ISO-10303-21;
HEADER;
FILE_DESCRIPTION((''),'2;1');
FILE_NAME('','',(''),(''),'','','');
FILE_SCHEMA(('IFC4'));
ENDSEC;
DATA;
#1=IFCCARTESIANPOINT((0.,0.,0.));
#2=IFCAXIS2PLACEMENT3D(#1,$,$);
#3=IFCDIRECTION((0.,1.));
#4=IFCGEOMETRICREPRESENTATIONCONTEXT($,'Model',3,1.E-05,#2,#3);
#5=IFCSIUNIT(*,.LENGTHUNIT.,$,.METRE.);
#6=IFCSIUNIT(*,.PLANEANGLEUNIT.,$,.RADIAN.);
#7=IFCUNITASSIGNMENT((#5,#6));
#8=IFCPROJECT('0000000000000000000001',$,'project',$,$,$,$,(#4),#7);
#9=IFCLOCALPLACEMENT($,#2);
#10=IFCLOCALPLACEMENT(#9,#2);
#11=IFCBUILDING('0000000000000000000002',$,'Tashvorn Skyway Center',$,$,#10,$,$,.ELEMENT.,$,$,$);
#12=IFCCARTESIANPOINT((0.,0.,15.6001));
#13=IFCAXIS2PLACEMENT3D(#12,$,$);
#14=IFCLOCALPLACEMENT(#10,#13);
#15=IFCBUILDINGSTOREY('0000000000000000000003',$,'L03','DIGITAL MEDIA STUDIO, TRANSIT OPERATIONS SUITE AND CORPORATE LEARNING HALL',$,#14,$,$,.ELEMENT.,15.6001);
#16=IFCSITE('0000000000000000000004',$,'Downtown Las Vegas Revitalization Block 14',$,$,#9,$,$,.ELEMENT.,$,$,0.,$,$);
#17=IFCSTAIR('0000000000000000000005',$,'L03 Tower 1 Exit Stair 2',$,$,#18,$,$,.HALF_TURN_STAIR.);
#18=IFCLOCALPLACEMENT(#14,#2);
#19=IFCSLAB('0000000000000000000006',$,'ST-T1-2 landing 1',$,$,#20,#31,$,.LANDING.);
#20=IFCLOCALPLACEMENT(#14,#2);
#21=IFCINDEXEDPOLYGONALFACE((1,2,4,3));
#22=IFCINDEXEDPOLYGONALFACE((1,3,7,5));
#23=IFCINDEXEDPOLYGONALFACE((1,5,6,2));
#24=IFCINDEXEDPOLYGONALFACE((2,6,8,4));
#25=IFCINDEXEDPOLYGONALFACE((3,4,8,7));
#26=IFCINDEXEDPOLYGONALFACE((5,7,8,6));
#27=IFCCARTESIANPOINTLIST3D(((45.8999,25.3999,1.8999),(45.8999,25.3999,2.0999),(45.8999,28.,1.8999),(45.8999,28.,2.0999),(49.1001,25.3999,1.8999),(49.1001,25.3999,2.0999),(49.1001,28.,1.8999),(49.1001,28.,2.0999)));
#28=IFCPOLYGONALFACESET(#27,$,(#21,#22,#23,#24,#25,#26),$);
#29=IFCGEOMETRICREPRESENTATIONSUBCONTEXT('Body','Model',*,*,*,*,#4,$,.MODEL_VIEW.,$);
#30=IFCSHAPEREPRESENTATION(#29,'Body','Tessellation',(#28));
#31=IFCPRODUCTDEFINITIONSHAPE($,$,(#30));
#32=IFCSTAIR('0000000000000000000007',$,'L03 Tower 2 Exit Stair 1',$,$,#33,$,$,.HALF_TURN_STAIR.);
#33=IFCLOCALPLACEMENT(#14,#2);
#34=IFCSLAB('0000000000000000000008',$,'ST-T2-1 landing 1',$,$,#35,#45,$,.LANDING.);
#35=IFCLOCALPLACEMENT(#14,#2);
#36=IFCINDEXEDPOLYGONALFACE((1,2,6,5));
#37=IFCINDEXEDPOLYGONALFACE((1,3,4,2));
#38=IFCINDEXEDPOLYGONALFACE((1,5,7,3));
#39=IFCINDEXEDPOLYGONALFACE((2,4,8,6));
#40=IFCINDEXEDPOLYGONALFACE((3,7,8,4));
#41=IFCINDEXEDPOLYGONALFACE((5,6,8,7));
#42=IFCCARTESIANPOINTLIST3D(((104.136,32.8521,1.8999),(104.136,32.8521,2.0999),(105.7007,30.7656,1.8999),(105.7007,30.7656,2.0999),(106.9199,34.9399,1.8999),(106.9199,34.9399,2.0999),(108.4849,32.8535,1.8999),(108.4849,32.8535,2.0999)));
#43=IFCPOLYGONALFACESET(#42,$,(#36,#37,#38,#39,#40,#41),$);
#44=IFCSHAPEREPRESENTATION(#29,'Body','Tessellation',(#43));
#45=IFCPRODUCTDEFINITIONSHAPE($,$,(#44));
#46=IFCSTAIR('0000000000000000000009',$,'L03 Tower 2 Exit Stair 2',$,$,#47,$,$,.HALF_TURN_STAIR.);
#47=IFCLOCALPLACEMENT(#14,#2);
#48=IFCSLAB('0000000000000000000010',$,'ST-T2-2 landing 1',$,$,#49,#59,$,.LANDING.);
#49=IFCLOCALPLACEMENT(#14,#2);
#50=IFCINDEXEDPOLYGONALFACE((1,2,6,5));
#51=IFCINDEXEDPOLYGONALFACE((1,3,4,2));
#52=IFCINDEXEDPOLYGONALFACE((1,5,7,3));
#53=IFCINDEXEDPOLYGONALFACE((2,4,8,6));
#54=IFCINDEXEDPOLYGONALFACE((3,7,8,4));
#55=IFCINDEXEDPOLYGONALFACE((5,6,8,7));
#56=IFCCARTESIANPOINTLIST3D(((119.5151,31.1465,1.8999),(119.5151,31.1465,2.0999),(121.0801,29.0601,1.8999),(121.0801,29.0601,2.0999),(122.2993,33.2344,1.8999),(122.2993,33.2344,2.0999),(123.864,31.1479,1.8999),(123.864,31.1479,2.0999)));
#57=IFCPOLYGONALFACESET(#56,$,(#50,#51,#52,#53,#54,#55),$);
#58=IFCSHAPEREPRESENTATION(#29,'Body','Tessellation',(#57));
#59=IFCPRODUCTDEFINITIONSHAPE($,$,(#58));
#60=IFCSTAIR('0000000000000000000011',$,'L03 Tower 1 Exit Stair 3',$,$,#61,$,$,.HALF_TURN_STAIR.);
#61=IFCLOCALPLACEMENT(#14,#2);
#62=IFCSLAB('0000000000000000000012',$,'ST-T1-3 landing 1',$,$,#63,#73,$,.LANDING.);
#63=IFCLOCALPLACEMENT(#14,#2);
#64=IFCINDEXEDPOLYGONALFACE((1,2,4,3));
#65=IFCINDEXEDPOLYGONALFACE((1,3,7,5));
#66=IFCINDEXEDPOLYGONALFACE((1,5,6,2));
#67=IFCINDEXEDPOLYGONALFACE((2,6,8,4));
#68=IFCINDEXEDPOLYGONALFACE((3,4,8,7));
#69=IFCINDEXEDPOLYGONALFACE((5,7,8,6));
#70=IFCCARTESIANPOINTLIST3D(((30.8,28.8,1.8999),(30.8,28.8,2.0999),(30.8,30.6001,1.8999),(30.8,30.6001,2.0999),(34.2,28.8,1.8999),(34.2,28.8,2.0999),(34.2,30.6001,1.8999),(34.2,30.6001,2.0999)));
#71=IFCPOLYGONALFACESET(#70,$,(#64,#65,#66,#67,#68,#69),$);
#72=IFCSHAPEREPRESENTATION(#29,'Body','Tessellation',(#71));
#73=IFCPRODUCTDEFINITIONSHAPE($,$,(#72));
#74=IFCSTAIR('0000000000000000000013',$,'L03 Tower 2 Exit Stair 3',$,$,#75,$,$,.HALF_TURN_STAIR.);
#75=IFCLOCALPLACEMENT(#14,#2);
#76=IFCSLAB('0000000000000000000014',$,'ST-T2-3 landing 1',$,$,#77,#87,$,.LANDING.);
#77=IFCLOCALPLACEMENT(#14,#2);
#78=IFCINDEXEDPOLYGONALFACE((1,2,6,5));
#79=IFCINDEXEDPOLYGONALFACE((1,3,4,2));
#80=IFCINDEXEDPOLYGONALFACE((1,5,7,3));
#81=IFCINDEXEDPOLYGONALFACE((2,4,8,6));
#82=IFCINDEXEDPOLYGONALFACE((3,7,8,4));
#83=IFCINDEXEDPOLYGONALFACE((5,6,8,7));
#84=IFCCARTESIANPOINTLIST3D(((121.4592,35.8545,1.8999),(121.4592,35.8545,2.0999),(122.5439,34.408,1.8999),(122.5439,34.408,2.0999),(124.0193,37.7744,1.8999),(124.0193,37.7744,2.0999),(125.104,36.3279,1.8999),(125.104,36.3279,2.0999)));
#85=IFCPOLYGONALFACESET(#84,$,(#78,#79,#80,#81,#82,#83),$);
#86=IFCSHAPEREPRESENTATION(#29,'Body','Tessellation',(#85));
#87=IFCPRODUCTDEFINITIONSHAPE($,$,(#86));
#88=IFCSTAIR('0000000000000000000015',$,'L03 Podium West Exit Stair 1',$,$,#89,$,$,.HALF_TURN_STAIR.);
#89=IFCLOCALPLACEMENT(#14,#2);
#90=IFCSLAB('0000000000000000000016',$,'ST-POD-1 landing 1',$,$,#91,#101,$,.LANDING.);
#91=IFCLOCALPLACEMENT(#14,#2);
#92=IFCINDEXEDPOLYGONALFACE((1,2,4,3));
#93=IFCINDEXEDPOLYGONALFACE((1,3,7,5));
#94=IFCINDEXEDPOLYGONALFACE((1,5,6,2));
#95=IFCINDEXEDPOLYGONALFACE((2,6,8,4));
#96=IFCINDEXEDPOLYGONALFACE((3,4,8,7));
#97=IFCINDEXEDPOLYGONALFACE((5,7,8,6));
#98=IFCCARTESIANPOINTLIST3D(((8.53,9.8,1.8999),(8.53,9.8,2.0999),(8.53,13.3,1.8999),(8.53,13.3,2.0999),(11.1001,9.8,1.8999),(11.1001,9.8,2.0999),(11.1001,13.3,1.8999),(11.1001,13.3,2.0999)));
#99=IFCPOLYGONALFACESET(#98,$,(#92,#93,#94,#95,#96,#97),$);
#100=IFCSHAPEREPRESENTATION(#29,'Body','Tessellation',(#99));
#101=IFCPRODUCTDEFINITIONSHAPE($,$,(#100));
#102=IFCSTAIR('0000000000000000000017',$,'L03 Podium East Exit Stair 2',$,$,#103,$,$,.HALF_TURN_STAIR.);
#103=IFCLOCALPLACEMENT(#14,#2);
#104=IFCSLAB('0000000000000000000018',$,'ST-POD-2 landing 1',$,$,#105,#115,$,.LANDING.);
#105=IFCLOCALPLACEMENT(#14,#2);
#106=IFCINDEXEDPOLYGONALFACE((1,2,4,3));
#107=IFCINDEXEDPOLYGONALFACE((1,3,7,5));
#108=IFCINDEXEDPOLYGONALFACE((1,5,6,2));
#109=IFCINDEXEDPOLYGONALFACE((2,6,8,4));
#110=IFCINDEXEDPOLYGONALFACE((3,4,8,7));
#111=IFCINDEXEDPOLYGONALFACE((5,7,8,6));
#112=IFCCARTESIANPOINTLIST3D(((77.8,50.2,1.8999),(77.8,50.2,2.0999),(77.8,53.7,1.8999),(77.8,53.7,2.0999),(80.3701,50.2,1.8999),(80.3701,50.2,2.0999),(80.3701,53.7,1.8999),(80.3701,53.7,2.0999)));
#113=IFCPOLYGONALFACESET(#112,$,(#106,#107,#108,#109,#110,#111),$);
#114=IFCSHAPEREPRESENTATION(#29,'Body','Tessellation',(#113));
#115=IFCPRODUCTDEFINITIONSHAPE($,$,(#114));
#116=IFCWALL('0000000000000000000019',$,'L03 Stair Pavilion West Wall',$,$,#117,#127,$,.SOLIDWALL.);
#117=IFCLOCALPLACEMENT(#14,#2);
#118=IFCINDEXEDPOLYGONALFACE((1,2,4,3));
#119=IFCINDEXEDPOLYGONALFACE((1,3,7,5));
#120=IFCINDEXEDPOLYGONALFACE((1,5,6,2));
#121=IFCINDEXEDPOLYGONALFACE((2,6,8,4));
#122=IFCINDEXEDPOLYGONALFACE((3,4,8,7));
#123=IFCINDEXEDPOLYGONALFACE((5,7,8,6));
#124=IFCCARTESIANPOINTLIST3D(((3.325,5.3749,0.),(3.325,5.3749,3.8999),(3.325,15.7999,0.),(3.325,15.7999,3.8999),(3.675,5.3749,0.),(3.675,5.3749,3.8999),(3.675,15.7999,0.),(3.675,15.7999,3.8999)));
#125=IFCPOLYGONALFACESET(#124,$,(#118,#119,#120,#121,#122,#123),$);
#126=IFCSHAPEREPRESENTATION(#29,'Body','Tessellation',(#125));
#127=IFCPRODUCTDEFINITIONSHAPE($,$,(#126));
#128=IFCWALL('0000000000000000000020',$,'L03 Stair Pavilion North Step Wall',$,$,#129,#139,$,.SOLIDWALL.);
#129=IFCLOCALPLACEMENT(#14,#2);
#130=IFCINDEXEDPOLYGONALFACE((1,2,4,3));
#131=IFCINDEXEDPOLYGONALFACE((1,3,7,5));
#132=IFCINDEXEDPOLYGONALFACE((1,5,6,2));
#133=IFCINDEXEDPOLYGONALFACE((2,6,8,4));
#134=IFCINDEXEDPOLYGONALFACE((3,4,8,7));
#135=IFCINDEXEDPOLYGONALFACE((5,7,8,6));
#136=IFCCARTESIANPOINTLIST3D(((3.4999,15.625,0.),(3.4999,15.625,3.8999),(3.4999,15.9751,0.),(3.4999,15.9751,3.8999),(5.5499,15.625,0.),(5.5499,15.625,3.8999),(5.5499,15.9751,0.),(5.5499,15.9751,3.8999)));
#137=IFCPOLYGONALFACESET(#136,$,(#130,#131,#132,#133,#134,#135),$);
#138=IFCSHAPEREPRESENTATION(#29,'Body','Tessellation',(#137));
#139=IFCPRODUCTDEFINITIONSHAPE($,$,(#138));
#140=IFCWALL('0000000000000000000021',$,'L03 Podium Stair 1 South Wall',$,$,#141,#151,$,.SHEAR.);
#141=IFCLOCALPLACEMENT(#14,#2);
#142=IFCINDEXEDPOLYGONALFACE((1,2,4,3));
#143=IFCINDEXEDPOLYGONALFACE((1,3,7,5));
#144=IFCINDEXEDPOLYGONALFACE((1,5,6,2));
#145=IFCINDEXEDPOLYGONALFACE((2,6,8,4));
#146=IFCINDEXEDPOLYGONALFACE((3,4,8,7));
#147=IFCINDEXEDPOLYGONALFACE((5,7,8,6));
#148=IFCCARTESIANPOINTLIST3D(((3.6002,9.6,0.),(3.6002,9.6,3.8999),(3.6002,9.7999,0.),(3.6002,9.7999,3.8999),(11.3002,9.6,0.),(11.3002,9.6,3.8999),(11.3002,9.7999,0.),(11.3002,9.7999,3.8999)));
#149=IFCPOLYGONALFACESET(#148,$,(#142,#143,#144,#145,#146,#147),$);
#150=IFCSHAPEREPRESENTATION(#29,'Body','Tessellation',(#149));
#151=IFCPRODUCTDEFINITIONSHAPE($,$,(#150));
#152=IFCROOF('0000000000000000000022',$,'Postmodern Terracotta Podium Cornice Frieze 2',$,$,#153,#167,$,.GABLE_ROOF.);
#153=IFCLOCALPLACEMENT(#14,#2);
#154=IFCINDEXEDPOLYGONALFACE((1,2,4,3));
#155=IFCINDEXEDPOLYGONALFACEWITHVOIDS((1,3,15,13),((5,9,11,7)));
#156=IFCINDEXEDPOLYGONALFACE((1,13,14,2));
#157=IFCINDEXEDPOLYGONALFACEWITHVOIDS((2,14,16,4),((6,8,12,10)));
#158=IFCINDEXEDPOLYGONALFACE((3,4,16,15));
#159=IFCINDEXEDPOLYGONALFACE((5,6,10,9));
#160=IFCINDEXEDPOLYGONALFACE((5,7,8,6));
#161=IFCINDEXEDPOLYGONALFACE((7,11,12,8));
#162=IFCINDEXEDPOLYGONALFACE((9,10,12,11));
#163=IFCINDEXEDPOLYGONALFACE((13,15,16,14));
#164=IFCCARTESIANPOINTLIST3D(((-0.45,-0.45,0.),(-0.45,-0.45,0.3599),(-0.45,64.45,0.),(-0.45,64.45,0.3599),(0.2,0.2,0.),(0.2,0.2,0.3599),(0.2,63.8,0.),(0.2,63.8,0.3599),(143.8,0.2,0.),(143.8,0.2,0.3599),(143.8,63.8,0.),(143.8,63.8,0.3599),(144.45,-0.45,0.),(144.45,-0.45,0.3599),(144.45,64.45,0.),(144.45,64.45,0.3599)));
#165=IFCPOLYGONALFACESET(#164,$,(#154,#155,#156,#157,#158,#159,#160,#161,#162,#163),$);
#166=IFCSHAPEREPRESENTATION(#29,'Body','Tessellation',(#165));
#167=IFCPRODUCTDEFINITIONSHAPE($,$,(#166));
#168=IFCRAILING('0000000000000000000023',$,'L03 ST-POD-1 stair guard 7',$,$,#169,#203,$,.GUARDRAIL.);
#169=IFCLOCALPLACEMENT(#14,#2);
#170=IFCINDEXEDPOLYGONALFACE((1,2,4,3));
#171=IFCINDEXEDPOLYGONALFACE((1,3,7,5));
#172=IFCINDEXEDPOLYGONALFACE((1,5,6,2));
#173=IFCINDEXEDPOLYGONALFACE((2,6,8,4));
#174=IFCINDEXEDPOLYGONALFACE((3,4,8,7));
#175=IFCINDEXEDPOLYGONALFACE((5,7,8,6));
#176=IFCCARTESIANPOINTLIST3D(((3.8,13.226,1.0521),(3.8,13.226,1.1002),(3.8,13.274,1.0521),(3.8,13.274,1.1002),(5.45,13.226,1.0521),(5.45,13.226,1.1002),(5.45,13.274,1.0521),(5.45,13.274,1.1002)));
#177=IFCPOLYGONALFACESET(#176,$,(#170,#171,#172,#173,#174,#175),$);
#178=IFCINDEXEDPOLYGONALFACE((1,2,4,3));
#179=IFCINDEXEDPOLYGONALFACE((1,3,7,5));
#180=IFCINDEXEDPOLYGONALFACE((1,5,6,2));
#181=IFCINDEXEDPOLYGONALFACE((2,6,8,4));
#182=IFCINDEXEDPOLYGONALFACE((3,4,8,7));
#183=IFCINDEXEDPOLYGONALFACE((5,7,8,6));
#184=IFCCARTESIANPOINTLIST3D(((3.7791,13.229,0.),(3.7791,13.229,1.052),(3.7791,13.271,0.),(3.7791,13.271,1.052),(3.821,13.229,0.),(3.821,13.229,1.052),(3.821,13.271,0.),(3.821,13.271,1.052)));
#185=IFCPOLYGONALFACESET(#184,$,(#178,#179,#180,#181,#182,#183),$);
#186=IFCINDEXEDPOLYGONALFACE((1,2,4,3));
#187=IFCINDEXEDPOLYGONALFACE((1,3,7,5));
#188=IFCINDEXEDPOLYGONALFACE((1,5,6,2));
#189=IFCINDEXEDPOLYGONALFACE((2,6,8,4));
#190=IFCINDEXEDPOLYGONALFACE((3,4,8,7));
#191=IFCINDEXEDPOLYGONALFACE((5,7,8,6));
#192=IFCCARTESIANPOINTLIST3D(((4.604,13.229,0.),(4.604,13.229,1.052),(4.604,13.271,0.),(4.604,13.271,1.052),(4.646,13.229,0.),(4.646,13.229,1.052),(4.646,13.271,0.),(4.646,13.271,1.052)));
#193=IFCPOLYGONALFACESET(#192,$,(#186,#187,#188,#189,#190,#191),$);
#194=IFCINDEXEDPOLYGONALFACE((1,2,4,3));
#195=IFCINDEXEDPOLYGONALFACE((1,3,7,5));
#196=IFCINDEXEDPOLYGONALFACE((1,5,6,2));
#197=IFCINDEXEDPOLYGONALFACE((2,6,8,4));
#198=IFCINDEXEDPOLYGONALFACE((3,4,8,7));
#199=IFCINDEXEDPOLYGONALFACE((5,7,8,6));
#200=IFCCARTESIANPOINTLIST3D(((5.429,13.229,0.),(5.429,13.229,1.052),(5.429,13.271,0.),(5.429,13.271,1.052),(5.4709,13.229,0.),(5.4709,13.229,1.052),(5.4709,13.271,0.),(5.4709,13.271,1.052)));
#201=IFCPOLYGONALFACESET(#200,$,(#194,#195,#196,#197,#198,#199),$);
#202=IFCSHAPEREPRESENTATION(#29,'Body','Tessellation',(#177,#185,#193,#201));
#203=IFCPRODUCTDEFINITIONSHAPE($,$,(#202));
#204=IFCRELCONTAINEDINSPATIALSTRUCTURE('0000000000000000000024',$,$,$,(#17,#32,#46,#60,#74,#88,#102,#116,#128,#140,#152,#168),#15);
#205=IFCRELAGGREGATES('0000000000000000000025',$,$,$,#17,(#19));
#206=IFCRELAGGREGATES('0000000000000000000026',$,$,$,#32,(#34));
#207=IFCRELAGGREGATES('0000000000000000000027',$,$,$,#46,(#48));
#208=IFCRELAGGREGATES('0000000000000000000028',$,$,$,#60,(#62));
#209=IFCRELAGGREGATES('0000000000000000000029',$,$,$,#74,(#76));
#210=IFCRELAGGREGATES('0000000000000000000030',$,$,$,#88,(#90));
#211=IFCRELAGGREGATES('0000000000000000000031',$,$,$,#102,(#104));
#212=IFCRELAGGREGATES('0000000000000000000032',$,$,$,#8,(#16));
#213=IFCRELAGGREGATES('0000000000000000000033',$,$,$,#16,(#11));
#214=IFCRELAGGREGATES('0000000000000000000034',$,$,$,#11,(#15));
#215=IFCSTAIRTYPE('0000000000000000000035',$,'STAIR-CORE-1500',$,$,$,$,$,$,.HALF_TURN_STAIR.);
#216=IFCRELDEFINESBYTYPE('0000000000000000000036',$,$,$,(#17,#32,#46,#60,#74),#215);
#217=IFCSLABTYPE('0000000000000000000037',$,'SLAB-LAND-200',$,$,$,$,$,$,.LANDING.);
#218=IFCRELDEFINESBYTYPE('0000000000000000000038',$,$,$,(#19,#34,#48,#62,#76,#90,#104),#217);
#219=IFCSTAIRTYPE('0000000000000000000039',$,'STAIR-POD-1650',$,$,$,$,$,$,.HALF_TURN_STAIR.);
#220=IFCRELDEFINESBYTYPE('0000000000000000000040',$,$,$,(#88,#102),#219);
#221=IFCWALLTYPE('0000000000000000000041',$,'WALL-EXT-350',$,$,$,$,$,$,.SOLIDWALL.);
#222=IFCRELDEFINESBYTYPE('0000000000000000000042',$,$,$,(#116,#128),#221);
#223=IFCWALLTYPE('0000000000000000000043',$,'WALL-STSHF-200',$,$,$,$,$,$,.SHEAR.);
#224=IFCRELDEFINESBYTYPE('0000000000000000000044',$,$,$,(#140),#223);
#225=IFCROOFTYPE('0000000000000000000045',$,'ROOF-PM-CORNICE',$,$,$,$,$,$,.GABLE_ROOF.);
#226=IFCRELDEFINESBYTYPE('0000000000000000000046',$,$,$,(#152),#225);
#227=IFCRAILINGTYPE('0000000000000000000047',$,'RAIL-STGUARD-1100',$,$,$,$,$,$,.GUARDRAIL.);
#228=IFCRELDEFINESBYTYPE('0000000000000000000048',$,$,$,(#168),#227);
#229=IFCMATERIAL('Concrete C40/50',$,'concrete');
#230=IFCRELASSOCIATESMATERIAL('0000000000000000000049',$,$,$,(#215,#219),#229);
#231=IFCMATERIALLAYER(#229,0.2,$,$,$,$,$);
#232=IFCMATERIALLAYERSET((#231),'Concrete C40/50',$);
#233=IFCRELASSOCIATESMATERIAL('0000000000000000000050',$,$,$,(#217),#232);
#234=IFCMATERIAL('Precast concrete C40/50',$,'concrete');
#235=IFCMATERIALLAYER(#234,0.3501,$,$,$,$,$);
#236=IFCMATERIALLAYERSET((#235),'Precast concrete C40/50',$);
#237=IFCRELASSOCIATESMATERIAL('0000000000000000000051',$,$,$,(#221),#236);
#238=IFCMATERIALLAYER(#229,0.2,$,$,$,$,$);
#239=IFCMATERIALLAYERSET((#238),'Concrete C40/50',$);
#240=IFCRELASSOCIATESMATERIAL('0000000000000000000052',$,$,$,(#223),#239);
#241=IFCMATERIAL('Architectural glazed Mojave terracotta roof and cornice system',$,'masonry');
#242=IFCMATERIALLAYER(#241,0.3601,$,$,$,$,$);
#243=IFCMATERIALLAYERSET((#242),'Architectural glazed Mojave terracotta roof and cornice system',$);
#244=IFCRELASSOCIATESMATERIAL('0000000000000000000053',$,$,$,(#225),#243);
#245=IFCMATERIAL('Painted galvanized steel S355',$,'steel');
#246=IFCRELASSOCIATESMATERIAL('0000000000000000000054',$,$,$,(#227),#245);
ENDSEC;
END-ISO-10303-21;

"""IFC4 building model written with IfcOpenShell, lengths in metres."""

from ifc_helpers import new_model, si_unit, direction, frame, frame_2d, origin, origin_2d, place, context, subcontext, project, spatial, polyline, rectangle, outline, extrude, material, layer, layer_set, type_object, element, aggregate, save


model = new_model("IFC4")

# Units and contexts
model_context = context("Model", 3, precision=1e-05, world=origin(), true_north=direction((0.0, 1.0)))
body_context = subcontext(model_context, "Body", "Model", "MODEL_VIEW")
ifc_project = project(units=[si_unit("LENGTHUNIT", "METRE"), si_unit("PLANEANGLEUNIT", "RADIAN")], contexts=[model_context])

# Site, building, storey
site_placement = place(None, origin())
site = spatial("IfcSite", under=ifc_project, at=site_placement, Name="Downtown Las Vegas Revitalization Block 14", CompositionType="ELEMENT", RefElevation=0.0)
building_placement = place(site_placement, origin())
building = spatial("IfcBuilding", under=site, at=building_placement, Name="Tashvorn Skyway Center", CompositionType="ELEMENT")
storey_placement = place(building_placement, frame((0.0, 0.0, 15.6001)))
storey = spatial("IfcBuildingStorey", under=building, at=storey_placement, Name="L03", Description="DIGITAL MEDIA STUDIO, TRANSIT OPERATIONS SUITE AND CORPORATE LEARNING HALL", CompositionType="ELEMENT", Elevation=15.6001)

# Shared definitions
ifc_material_1 = material(Name="Concrete C40/50", Category="concrete")

# Stairs, slabs
stair_type_1 = type_object("IfcStairType", Name="STAIR-CORE-1500", PredefinedType="HALF_TURN_STAIR", material=ifc_material_1)
ifc_layer_1 = layer(ifc_material_1, 0.2)
ifc_layer_set_1 = layer_set([ifc_layer_1], Name="Concrete C40/50")
slab_type_1 = type_object("IfcSlabType", Name="SLAB-LAND-200", PredefinedType="LANDING", material=ifc_layer_set_1)
stair_1_placement = place(storey_placement, origin())
stair_1 = element("IfcStair", 1, at=stair_1_placement, inside=storey, type_object=stair_type_1, Name="L03 Tower 1 Exit Stair 2", PredefinedType="HALF_TURN_STAIR")
slab_1_placement = place(storey_placement, frame((0.0, 0.0, 1.8999)))
slab_1 = element("IfcSlab", 2, at=slab_1_placement, type_object=slab_type_1, Name="ST-T1-2 landing 1", PredefinedType="LANDING", context=body_context, shape_type="SweptSolid", body=[
    extrude(outline(polyline([(45.8999, 28.0), (45.8999, 25.3999), (49.1001, 25.3999), (49.1001, 28.0), (45.8999, 28.0)])), origin(), (0.0, 0.0, 1.0), 0.2),
])
aggregate(stair_1, [slab_1])
stair_2_placement = place(storey_placement, origin())
stair_2 = element("IfcStair", 3, at=stair_2_placement, inside=storey, type_object=stair_type_1, Name="L03 Tower 2 Exit Stair 1", PredefinedType="HALF_TURN_STAIR")
slab_2_placement = place(storey_placement, frame((0.0, 0.0, 1.8999)))
slab_2 = element("IfcSlab", 4, at=slab_2_placement, type_object=slab_type_1, Name="ST-T2-1 landing 1", PredefinedType="LANDING", context=body_context, shape_type="SweptSolid", body=[
    extrude(outline(polyline([(108.4849, 32.8535), (106.9199, 34.9399), (104.136, 32.8521), (105.7007, 30.7656), (108.4849, 32.8535)])), origin(), (0.0, 0.0, 1.0), 0.2),
])
aggregate(stair_2, [slab_2])
stair_3_placement = place(storey_placement, origin())
stair_3 = element("IfcStair", 5, at=stair_3_placement, inside=storey, type_object=stair_type_1, Name="L03 Tower 2 Exit Stair 2", PredefinedType="HALF_TURN_STAIR")
slab_3_placement = place(storey_placement, frame((0.0, 0.0, 1.8999)))
slab_3 = element("IfcSlab", 6, at=slab_3_placement, type_object=slab_type_1, Name="ST-T2-2 landing 1", PredefinedType="LANDING", context=body_context, shape_type="SweptSolid", body=[
    extrude(outline(polyline([(119.5151, 31.1465), (121.0801, 29.0601), (123.864, 31.1479), (122.2993, 33.2344), (119.5151, 31.1465)])), origin(), (0.0, 0.0, 1.0), 0.2),
])
aggregate(stair_3, [slab_3])
stair_4_placement = place(storey_placement, origin())
stair_4 = element("IfcStair", 7, at=stair_4_placement, inside=storey, type_object=stair_type_1, Name="L03 Tower 1 Exit Stair 3", PredefinedType="HALF_TURN_STAIR")
slab_4_placement = place(storey_placement, frame((0.0, 0.0, 1.8999)))
slab_4 = element("IfcSlab", 8, at=slab_4_placement, type_object=slab_type_1, Name="ST-T1-3 landing 1", PredefinedType="LANDING", context=body_context, shape_type="SweptSolid", body=[
    extrude(outline(polyline([(30.8, 30.6001), (30.8, 28.8), (34.2, 28.8), (34.2, 30.6001), (30.8, 30.6001)])), origin(), (0.0, 0.0, 1.0), 0.2),
])
aggregate(stair_4, [slab_4])
stair_5_placement = place(storey_placement, origin())
stair_5 = element("IfcStair", 9, at=stair_5_placement, inside=storey, type_object=stair_type_1, Name="L03 Tower 2 Exit Stair 3", PredefinedType="HALF_TURN_STAIR")
slab_5_placement = place(storey_placement, frame((0.0, 0.0, 1.8999)))
slab_5 = element("IfcSlab", 10, at=slab_5_placement, type_object=slab_type_1, Name="ST-T2-3 landing 1", PredefinedType="LANDING", context=body_context, shape_type="SweptSolid", body=[
    extrude(outline(polyline([(121.4592, 35.8545), (122.5439, 34.408), (125.104, 36.3279), (124.0193, 37.7744), (121.4592, 35.8545)])), origin(), (0.0, 0.0, 1.0), 0.2),
])
aggregate(stair_5, [slab_5])
stair_type_2 = type_object("IfcStairType", Name="STAIR-POD-1650", PredefinedType="HALF_TURN_STAIR", material=ifc_material_1)
stair_6_placement = place(storey_placement, origin())
stair_6 = element("IfcStair", 11, at=stair_6_placement, inside=storey, type_object=stair_type_2, Name="L03 Podium West Exit Stair 1", PredefinedType="HALF_TURN_STAIR")
slab_6_placement = place(storey_placement, frame((0.0, 0.0, 1.8999)))
slab_6 = element("IfcSlab", 12, at=slab_6_placement, type_object=slab_type_1, Name="ST-POD-1 landing 1", PredefinedType="LANDING", context=body_context, shape_type="SweptSolid", body=[
    extrude(outline(polyline([(8.53, 9.8), (11.1001, 9.8), (11.1001, 13.3), (8.53, 13.3), (8.53, 9.8)])), origin(), (0.0, 0.0, 1.0), 0.2),
])
aggregate(stair_6, [slab_6])
stair_7_placement = place(storey_placement, origin())
stair_7 = element("IfcStair", 13, at=stair_7_placement, inside=storey, type_object=stair_type_2, Name="L03 Podium East Exit Stair 2", PredefinedType="HALF_TURN_STAIR")
slab_7_placement = place(storey_placement, frame((0.0, 0.0, 1.8999)))
slab_7 = element("IfcSlab", 14, at=slab_7_placement, type_object=slab_type_1, Name="ST-POD-2 landing 1", PredefinedType="LANDING", context=body_context, shape_type="SweptSolid", body=[
    extrude(outline(polyline([(80.3701, 53.7), (77.8, 53.7), (77.8, 50.2), (80.3701, 50.2), (80.3701, 53.7)])), origin(), (0.0, 0.0, 1.0), 0.2),
])
aggregate(stair_7, [slab_7])

# Walls
ifc_material_2 = material(Name="Precast concrete C40/50", Category="concrete")
ifc_layer_2 = layer(ifc_material_2, 0.3501)
ifc_layer_set_2 = layer_set([ifc_layer_2], Name="Precast concrete C40/50")
wall_type_1 = type_object("IfcWallType", Name="WALL-EXT-350", PredefinedType="SOLIDWALL", material=ifc_layer_set_2)
wall_1_placement = place(storey_placement, frame((3.5, 5.375, 0.0), z_axis=(0.0, 0.0, 1.0), x_axis=(0.0, 1.0, 0.0)))
element("IfcWall", 15, at=wall_1_placement, inside=storey, type_object=wall_type_1, Name="L03 Stair Pavilion West Wall", PredefinedType="SOLIDWALL", context=body_context, shape_type="SweptSolid", body=[
    extrude(rectangle(XDim=10.425, YDim=0.3501, at=frame_2d((5.2124, 0.0))), origin(), (0.0, 0.0, 1.0), 3.8999),
])
wall_2_placement = place(storey_placement, frame((3.5, 15.8, 0.0), z_axis=(0.0, 0.0, 1.0), x_axis=(1.0, 0.0, 0.0)))
element("IfcWall", 16, at=wall_2_placement, inside=storey, type_object=wall_type_1, Name="L03 Stair Pavilion North Step Wall", PredefinedType="SOLIDWALL", context=body_context, shape_type="SweptSolid", body=[
    extrude(rectangle(XDim=2.05, YDim=0.3501, at=frame_2d((1.0249, 0.0))), origin(), (0.0, 0.0, 1.0), 3.8999),
])
ifc_layer_3 = layer(ifc_material_1, 0.2)
ifc_layer_set_3 = layer_set([ifc_layer_3], Name="Concrete C40/50")
wall_type_2 = type_object("IfcWallType", Name="WALL-STSHF-200", PredefinedType="SHEAR", material=ifc_layer_set_3)
wall_3_placement = place(storey_placement, frame((3.6001, 9.7, 0.0), z_axis=(0.0, 0.0, 1.0), x_axis=(1.0, 0.0, 0.0)))
element("IfcWall", 17, at=wall_3_placement, inside=storey, type_object=wall_type_2, Name="L03 Podium Stair 1 South Wall", PredefinedType="SHEAR", context=body_context, shape_type="SweptSolid", body=[
    extrude(rectangle(XDim=7.7, YDim=0.2, at=frame_2d((3.8501, 0.0))), origin(), (0.0, 0.0, 1.0), 3.8999),
])

# Roof
ifc_material_3 = material(Name="Architectural glazed Mojave terracotta roof and cornice system", Category="masonry")
ifc_layer_4 = layer(ifc_material_3, 0.3601)
ifc_layer_set_4 = layer_set([ifc_layer_4], Name="Architectural glazed Mojave terracotta roof and cornice system")
roof_type = type_object("IfcRoofType", Name="ROOF-PM-CORNICE", PredefinedType="GABLE_ROOF", material=ifc_layer_set_4)
roof_placement = place(storey_placement, origin())
element("IfcRoof", 18, at=roof_placement, inside=storey, type_object=roof_type, Name="Postmodern Terracotta Podium Cornice Frieze 2", PredefinedType="GABLE_ROOF", context=body_context, shape_type="SweptSolid", body=[
    extrude(outline(polyline([(-0.45, -0.45), (144.45, -0.45), (144.45, 64.45), (-0.45, 64.45), (-0.45, -0.45)]), holes=[polyline([(0.2, 0.2), (143.8, 0.2), (143.8, 63.8), (0.2, 63.8), (0.2, 0.2)])]), origin(), (0.0, 0.0, 1.0), 0.3599),
])

# Railing
ifc_material_4 = material(Name="Painted galvanized steel S355", Category="steel")
railing_type_1 = type_object("IfcRailingType", Name="RAIL-STGUARD-1100", PredefinedType="GUARDRAIL", material=ifc_material_4)
railing_1_placement = place(storey_placement, frame((3.8, 13.25, 0.0)))
element("IfcRailing", 19, at=railing_1_placement, inside=storey, type_object=railing_type_1, Name="L03 ST-POD-1 stair guard 7", PredefinedType="GUARDRAIL", context=body_context, shape_type="SweptSolid", body=[
    extrude(rectangle(XDim=0.0481, YDim=0.0481, at=origin_2d()), frame((0.0, 0.0, 1.0762), z_axis=(1.0, 0.0, 0.0), x_axis=(0.0, 1.0, 0.0)), (0.0, 0.0, 1.0), 1.6499),
    extrude(rectangle(XDim=0.042, YDim=0.042, at=origin_2d()), origin(), (0.0, 0.0, 1.0), 1.052),
    extrude(rectangle(XDim=0.042, YDim=0.042, at=origin_2d()), frame((0.825, 0.0, 0.0)), (0.0, 0.0, 1.0), 1.052),
    extrude(rectangle(XDim=0.042, YDim=0.042, at=origin_2d()), frame((1.6499, 0.0, 0.0)), (0.0, 0.0, 1.0), 1.052),
])

save(model, "model.ifc")
